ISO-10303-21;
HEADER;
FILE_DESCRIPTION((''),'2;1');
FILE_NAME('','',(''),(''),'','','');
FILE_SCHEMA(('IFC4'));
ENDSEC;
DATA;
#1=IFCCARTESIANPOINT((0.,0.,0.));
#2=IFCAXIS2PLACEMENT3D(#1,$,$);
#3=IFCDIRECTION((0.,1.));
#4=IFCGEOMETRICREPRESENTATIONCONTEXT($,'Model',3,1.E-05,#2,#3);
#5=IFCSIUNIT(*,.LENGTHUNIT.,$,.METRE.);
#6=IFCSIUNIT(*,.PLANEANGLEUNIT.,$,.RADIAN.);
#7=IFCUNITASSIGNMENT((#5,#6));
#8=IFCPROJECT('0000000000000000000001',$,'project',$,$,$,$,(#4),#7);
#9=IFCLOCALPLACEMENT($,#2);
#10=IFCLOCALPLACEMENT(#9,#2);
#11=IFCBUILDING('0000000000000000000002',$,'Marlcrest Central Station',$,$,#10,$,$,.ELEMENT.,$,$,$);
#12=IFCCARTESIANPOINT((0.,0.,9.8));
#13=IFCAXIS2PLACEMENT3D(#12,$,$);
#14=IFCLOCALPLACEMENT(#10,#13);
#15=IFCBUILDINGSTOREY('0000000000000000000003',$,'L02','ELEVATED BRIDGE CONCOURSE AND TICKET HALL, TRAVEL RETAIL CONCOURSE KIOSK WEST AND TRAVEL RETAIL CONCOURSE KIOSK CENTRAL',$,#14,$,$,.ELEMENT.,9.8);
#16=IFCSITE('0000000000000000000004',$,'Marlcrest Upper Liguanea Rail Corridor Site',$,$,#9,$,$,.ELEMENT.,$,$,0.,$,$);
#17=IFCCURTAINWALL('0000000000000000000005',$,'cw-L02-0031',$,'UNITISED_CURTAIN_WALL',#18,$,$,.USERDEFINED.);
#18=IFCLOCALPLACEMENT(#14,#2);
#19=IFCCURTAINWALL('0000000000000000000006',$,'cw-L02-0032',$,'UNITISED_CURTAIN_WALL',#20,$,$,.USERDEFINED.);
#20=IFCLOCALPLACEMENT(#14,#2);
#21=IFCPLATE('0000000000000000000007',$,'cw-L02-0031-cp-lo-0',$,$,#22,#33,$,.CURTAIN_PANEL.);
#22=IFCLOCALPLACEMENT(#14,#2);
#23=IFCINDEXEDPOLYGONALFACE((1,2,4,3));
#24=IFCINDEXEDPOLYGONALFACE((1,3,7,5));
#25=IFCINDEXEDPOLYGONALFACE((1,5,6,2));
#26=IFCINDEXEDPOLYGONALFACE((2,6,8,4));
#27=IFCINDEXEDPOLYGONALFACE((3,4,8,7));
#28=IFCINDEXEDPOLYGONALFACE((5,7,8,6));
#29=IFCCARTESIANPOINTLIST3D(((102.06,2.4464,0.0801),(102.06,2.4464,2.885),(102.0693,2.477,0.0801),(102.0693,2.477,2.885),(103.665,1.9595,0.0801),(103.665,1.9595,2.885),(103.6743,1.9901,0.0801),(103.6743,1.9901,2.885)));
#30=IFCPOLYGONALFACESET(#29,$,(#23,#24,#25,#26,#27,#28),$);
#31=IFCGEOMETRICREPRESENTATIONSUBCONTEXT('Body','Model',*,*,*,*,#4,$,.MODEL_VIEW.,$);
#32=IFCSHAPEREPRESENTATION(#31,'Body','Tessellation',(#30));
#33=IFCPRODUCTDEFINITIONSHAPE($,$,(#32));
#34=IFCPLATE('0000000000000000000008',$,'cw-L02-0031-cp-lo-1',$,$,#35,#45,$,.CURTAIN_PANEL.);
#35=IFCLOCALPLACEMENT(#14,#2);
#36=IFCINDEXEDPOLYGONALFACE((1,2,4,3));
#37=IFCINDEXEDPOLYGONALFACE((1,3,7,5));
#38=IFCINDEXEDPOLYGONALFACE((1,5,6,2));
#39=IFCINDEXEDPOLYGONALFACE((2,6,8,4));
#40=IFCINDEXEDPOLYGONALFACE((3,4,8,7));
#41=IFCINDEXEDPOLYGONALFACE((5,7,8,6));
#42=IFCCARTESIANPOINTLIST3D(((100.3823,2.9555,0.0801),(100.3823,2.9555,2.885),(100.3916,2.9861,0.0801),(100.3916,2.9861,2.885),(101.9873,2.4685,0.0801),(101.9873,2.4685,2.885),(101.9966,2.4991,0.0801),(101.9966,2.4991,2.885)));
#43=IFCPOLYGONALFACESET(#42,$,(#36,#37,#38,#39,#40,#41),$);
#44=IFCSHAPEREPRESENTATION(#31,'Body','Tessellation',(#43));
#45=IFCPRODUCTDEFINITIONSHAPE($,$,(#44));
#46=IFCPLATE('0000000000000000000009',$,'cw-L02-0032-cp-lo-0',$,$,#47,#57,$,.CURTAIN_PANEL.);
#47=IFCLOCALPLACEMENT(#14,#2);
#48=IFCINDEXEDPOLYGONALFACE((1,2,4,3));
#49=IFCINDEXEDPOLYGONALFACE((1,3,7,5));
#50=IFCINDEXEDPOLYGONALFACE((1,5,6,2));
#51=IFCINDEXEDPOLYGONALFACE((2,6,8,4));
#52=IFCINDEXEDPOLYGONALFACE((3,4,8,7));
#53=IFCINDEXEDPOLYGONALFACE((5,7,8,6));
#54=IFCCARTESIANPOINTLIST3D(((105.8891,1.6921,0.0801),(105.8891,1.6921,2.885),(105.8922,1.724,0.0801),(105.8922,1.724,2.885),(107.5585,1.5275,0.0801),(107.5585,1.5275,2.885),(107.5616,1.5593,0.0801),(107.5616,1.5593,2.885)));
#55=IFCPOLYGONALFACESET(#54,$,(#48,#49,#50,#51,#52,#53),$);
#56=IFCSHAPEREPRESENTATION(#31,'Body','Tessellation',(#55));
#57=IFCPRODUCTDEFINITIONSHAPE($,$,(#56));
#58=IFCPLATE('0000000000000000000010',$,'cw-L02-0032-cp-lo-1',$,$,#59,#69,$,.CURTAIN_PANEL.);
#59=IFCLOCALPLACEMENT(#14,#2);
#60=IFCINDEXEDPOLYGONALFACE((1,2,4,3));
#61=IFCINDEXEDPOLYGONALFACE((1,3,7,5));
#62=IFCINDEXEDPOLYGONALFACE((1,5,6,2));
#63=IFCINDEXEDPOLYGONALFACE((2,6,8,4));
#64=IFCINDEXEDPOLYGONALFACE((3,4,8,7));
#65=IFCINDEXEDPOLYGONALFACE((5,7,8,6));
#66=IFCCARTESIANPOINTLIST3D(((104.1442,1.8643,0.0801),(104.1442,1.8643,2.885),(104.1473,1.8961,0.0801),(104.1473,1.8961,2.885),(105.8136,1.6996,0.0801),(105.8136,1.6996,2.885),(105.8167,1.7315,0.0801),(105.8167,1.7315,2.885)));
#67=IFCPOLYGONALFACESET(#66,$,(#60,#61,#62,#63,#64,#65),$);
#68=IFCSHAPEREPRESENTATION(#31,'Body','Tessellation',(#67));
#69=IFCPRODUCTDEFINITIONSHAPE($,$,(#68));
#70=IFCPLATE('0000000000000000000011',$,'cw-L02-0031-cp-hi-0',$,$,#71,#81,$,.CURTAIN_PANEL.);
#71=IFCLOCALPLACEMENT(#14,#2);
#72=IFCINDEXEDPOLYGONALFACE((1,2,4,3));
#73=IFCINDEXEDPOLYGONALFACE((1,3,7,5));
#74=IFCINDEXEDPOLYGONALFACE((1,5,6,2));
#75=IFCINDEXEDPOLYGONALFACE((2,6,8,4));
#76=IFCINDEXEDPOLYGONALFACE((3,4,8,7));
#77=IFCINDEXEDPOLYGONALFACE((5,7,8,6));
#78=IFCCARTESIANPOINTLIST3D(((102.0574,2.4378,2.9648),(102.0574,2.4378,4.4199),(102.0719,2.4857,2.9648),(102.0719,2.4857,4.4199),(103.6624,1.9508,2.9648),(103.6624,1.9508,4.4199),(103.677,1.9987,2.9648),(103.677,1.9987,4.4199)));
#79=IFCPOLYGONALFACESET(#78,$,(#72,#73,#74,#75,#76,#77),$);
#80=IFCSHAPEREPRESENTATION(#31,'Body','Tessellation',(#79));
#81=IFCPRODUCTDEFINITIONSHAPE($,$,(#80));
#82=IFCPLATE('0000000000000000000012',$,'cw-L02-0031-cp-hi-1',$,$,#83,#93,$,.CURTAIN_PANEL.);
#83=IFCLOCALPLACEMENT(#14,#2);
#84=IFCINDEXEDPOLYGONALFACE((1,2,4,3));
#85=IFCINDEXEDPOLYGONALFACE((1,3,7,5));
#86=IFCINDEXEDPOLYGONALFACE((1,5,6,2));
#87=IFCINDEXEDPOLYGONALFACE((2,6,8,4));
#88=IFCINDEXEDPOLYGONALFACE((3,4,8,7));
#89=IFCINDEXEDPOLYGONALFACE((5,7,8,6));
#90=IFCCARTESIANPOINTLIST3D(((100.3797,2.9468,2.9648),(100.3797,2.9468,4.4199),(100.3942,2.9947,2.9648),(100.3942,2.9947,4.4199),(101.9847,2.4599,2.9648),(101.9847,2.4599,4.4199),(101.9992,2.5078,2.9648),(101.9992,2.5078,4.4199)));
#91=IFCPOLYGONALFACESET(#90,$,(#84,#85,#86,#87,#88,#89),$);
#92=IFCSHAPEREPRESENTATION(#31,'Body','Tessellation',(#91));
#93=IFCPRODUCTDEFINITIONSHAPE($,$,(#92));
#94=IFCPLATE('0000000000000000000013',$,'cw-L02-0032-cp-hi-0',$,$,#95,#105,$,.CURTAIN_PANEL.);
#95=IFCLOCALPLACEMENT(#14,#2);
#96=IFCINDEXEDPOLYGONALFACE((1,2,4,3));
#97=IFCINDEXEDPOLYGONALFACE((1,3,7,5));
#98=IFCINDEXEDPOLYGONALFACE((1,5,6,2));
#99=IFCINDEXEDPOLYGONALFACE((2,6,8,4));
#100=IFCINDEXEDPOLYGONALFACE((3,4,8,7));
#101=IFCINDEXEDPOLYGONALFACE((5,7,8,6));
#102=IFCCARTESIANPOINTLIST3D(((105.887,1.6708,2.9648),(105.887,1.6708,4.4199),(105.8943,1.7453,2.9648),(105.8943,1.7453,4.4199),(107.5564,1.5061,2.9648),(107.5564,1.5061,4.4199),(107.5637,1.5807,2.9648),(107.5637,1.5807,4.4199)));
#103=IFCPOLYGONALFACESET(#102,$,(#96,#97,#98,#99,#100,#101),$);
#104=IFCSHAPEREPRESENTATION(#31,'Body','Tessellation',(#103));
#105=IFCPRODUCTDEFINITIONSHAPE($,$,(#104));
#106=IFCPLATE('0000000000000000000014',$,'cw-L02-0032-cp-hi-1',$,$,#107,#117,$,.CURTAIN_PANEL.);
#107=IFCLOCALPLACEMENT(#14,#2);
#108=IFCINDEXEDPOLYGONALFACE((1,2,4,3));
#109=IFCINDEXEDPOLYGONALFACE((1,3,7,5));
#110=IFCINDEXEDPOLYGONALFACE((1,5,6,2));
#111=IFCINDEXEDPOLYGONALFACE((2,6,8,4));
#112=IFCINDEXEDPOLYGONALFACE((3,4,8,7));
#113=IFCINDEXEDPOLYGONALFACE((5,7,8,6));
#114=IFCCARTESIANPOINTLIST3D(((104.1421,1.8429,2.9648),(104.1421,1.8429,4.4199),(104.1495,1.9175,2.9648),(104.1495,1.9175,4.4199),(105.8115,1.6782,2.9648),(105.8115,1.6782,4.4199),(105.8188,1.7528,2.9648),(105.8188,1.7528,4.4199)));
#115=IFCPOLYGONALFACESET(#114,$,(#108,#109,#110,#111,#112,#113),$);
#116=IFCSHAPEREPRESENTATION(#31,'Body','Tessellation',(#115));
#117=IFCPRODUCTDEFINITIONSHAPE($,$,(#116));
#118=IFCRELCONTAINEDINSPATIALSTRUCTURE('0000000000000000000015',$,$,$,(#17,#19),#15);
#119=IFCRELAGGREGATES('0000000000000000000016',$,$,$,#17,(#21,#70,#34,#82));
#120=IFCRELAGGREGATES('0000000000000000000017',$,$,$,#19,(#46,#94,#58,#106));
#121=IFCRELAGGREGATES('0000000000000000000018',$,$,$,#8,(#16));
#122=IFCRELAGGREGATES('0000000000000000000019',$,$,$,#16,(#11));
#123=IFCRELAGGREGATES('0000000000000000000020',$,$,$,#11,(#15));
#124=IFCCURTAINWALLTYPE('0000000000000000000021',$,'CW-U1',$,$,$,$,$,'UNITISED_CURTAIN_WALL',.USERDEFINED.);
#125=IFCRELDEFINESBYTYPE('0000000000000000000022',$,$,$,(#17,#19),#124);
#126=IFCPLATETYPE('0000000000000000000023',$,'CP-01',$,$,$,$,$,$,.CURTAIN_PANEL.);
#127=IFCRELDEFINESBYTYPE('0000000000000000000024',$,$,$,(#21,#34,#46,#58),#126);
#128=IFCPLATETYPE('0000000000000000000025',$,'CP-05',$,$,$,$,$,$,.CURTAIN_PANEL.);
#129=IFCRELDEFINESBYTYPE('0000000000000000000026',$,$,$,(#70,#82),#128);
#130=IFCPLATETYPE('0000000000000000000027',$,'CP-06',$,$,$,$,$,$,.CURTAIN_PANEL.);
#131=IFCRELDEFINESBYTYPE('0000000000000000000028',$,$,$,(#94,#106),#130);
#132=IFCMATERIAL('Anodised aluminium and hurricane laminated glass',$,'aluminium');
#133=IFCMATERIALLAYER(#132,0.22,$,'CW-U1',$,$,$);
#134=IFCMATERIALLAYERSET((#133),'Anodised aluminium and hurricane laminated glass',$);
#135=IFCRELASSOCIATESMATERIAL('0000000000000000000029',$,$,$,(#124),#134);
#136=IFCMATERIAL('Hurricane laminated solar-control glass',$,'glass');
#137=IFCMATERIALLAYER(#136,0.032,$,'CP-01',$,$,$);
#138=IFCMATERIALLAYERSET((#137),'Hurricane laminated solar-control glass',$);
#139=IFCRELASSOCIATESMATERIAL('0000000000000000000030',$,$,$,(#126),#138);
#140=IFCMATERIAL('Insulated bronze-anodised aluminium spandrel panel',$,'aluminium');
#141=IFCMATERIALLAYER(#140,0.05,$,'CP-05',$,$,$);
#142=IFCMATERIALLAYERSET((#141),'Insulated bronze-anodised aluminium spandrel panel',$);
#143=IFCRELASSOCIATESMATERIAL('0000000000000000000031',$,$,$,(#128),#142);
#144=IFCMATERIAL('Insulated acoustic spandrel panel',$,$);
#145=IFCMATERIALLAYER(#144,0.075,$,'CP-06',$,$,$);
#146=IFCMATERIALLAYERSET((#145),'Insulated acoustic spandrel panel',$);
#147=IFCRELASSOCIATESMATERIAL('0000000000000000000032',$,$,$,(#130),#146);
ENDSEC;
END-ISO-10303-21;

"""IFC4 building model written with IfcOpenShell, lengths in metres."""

from ifc_helpers import new_model, si_unit, direction, frame, origin, origin_2d, place, context, subcontext, project, spatial, rectangle, extrude, material, layer, layer_set, type_object, element, aggregate, save


model = new_model("IFC4")

# Units and contexts
model_context = context("Model", 3, precision=1e-05, world=origin(), true_north=direction((0.0, 1.0)))
body_context = subcontext(model_context, "Body", "Model", "MODEL_VIEW")
ifc_project = project(units=[si_unit("LENGTHUNIT", "METRE"), si_unit("PLANEANGLEUNIT", "RADIAN")], contexts=[model_context])

# Site, building, storey
site_placement = place(None, origin())
site = spatial("IfcSite", under=ifc_project, at=site_placement, Name="Marlcrest Upper Liguanea Rail Corridor Site", CompositionType="ELEMENT", RefElevation=0.0)
building_placement = place(site_placement, origin())
building = spatial("IfcBuilding", under=site, at=building_placement, Name="Marlcrest Central Station", CompositionType="ELEMENT")
storey_placement = place(building_placement, frame((0.0, 0.0, 9.8)))
storey = spatial("IfcBuildingStorey", under=building, at=storey_placement, Name="L02", Description="ELEVATED BRIDGE CONCOURSE AND TICKET HALL, TRAVEL RETAIL CONCOURSE KIOSK WEST AND TRAVEL RETAIL CONCOURSE KIOSK CENTRAL", CompositionType="ELEMENT", Elevation=9.8)

# Curtain walls
ifc_material_1 = material(Name="Anodised aluminium and hurricane laminated glass", Category="aluminium")
ifc_layer_1 = layer(ifc_material_1, 0.22, Name="CW-U1")
ifc_layer_set_1 = layer_set([ifc_layer_1], Name="Anodised aluminium and hurricane laminated glass")
curtain_wall_type = type_object("IfcCurtainWallType", Name="CW-U1", ElementType="UNITISED_CURTAIN_WALL", PredefinedType="USERDEFINED", material=ifc_layer_set_1)
curtain_wall_1_placement = place(storey_placement, origin())
curtain_wall_1 = element("IfcCurtainWall", 1, at=curtain_wall_1_placement, inside=storey, type_object=curtain_wall_type, Name="cw-L02-0031", ObjectType="UNITISED_CURTAIN_WALL", PredefinedType="USERDEFINED")
curtain_wall_2_placement = place(storey_placement, origin())
curtain_wall_2 = element("IfcCurtainWall", 2, at=curtain_wall_2_placement, inside=storey, type_object=curtain_wall_type, Name="cw-L02-0032", ObjectType="UNITISED_CURTAIN_WALL", PredefinedType="USERDEFINED")

# Plates
ifc_material_2 = material(Name="Hurricane laminated solar-control glass", Category="glass")
ifc_layer_2 = layer(ifc_material_2, 0.032, Name="CP-01")
ifc_layer_set_2 = layer_set([ifc_layer_2], Name="Hurricane laminated solar-control glass")
plate_type_1 = type_object("IfcPlateType", Name="CP-01", PredefinedType="CURTAIN_PANEL", material=ifc_layer_set_2)
plate_1_placement = place(storey_placement, frame((102.8672, 2.2183, 0.0801), z_axis=(0.0, 0.0, 1.0), x_axis=(-0.95693, 0.290318, 0.0)))
plate_1 = element("IfcPlate", 3, at=plate_1_placement, type_object=plate_type_1, Name="cw-L02-0031-cp-lo-0", PredefinedType="CURTAIN_PANEL", context=body_context, shape_type="SweptSolid", body=[
    extrude(rectangle(XDim=1.6772, YDim=0.032, at=origin_2d()), origin(), (0.0, 0.0, 1.0), 2.8049),
])
plate_2_placement = place(storey_placement, frame((101.1895, 2.7273, 0.0801), z_axis=(0.0, 0.0, 1.0), x_axis=(-0.95693, 0.290318, 0.0)))
plate_2 = element("IfcPlate", 4, at=plate_2_placement, type_object=plate_type_1, Name="cw-L02-0031-cp-lo-1", PredefinedType="CURTAIN_PANEL", context=body_context, shape_type="SweptSolid", body=[
    extrude(rectangle(XDim=1.6772, YDim=0.032, at=origin_2d()), origin(), (0.0, 0.0, 1.0), 2.8049),
])
plate_3_placement = place(storey_placement, frame((106.7253, 1.6257, 0.0801), z_axis=(0.0, 0.0, 1.0), x_axis=(-0.995173, 0.098139, 0.0)))
plate_3 = element("IfcPlate", 5, at=plate_3_placement, type_object=plate_type_1, Name="cw-L02-0032-cp-lo-0", PredefinedType="CURTAIN_PANEL", context=body_context, shape_type="SweptSolid", body=[
    extrude(rectangle(XDim=1.6775, YDim=0.032, at=origin_2d()), origin(), (0.0, 0.0, 1.0), 2.8049),
])
plate_4_placement = place(storey_placement, frame((104.9805, 1.7979, 0.0801), z_axis=(0.0, 0.0, 1.0), x_axis=(-0.995173, 0.098139, 0.0)))
plate_4 = element("IfcPlate", 6, at=plate_4_placement, type_object=plate_type_1, Name="cw-L02-0032-cp-lo-1", PredefinedType="CURTAIN_PANEL", context=body_context, shape_type="SweptSolid", body=[
    extrude(rectangle(XDim=1.6775, YDim=0.032, at=origin_2d()), origin(), (0.0, 0.0, 1.0), 2.8049),
])
ifc_material_3 = material(Name="Insulated bronze-anodised aluminium spandrel panel", Category="aluminium")
ifc_layer_3 = layer(ifc_material_3, 0.05, Name="CP-05")
ifc_layer_set_3 = layer_set([ifc_layer_3], Name="Insulated bronze-anodised aluminium spandrel panel")
plate_type_2 = type_object("IfcPlateType", Name="CP-05", PredefinedType="CURTAIN_PANEL", material=ifc_layer_set_3)
plate_5_placement = place(storey_placement, frame((102.8672, 2.2183, 2.9648), z_axis=(0.0, 0.0, 1.0), x_axis=(-0.95693, 0.290318, 0.0)))
plate_5 = element("IfcPlate", 7, at=plate_5_placement, type_object=plate_type_2, Name="cw-L02-0031-cp-hi-0", PredefinedType="CURTAIN_PANEL", context=body_context, shape_type="SweptSolid", body=[
    extrude(rectangle(XDim=1.6772, YDim=0.05, at=origin_2d()), origin(), (0.0, 0.0, 1.0), 1.4551),
])
plate_6_placement = place(storey_placement, frame((101.1895, 2.7273, 2.9648), z_axis=(0.0, 0.0, 1.0), x_axis=(-0.95693, 0.290318, 0.0)))
plate_6 = element("IfcPlate", 8, at=plate_6_placement, type_object=plate_type_2, Name="cw-L02-0031-cp-hi-1", PredefinedType="CURTAIN_PANEL", context=body_context, shape_type="SweptSolid", body=[
    extrude(rectangle(XDim=1.6772, YDim=0.05, at=origin_2d()), origin(), (0.0, 0.0, 1.0), 1.4551),
])
aggregate(curtain_wall_1, [plate_1, plate_5, plate_2, plate_6])
ifc_material_4 = material(Name="Insulated acoustic spandrel panel")
ifc_layer_4 = layer(ifc_material_4, 0.075, Name="CP-06")
ifc_layer_set_4 = layer_set([ifc_layer_4], Name="Insulated acoustic spandrel panel")
plate_type_3 = type_object("IfcPlateType", Name="CP-06", PredefinedType="CURTAIN_PANEL", material=ifc_layer_set_4)
plate_7_placement = place(storey_placement, frame((106.7253, 1.6257, 2.9648), z_axis=(0.0, 0.0, 1.0), x_axis=(-0.995173, 0.098139, 0.0)))
plate_7 = element("IfcPlate", 9, at=plate_7_placement, type_object=plate_type_3, Name="cw-L02-0032-cp-hi-0", PredefinedType="CURTAIN_PANEL", context=body_context, shape_type="SweptSolid", body=[
    extrude(rectangle(XDim=1.6775, YDim=0.075, at=origin_2d()), origin(), (0.0, 0.0, 1.0), 1.4551),
])
plate_8_placement = place(storey_placement, frame((104.9805, 1.7979, 2.9648), z_axis=(0.0, 0.0, 1.0), x_axis=(-0.995173, 0.098139, 0.0)))
plate_8 = element("IfcPlate", 10, at=plate_8_placement, type_object=plate_type_3, Name="cw-L02-0032-cp-hi-1", PredefinedType="CURTAIN_PANEL", context=body_context, shape_type="SweptSolid", body=[
    extrude(rectangle(XDim=1.6775, YDim=0.075, at=origin_2d()), origin(), (0.0, 0.0, 1.0), 1.4551),
])
aggregate(curtain_wall_2, [plate_3, plate_7, plate_4, plate_8])

save(model, "model.ifc")
